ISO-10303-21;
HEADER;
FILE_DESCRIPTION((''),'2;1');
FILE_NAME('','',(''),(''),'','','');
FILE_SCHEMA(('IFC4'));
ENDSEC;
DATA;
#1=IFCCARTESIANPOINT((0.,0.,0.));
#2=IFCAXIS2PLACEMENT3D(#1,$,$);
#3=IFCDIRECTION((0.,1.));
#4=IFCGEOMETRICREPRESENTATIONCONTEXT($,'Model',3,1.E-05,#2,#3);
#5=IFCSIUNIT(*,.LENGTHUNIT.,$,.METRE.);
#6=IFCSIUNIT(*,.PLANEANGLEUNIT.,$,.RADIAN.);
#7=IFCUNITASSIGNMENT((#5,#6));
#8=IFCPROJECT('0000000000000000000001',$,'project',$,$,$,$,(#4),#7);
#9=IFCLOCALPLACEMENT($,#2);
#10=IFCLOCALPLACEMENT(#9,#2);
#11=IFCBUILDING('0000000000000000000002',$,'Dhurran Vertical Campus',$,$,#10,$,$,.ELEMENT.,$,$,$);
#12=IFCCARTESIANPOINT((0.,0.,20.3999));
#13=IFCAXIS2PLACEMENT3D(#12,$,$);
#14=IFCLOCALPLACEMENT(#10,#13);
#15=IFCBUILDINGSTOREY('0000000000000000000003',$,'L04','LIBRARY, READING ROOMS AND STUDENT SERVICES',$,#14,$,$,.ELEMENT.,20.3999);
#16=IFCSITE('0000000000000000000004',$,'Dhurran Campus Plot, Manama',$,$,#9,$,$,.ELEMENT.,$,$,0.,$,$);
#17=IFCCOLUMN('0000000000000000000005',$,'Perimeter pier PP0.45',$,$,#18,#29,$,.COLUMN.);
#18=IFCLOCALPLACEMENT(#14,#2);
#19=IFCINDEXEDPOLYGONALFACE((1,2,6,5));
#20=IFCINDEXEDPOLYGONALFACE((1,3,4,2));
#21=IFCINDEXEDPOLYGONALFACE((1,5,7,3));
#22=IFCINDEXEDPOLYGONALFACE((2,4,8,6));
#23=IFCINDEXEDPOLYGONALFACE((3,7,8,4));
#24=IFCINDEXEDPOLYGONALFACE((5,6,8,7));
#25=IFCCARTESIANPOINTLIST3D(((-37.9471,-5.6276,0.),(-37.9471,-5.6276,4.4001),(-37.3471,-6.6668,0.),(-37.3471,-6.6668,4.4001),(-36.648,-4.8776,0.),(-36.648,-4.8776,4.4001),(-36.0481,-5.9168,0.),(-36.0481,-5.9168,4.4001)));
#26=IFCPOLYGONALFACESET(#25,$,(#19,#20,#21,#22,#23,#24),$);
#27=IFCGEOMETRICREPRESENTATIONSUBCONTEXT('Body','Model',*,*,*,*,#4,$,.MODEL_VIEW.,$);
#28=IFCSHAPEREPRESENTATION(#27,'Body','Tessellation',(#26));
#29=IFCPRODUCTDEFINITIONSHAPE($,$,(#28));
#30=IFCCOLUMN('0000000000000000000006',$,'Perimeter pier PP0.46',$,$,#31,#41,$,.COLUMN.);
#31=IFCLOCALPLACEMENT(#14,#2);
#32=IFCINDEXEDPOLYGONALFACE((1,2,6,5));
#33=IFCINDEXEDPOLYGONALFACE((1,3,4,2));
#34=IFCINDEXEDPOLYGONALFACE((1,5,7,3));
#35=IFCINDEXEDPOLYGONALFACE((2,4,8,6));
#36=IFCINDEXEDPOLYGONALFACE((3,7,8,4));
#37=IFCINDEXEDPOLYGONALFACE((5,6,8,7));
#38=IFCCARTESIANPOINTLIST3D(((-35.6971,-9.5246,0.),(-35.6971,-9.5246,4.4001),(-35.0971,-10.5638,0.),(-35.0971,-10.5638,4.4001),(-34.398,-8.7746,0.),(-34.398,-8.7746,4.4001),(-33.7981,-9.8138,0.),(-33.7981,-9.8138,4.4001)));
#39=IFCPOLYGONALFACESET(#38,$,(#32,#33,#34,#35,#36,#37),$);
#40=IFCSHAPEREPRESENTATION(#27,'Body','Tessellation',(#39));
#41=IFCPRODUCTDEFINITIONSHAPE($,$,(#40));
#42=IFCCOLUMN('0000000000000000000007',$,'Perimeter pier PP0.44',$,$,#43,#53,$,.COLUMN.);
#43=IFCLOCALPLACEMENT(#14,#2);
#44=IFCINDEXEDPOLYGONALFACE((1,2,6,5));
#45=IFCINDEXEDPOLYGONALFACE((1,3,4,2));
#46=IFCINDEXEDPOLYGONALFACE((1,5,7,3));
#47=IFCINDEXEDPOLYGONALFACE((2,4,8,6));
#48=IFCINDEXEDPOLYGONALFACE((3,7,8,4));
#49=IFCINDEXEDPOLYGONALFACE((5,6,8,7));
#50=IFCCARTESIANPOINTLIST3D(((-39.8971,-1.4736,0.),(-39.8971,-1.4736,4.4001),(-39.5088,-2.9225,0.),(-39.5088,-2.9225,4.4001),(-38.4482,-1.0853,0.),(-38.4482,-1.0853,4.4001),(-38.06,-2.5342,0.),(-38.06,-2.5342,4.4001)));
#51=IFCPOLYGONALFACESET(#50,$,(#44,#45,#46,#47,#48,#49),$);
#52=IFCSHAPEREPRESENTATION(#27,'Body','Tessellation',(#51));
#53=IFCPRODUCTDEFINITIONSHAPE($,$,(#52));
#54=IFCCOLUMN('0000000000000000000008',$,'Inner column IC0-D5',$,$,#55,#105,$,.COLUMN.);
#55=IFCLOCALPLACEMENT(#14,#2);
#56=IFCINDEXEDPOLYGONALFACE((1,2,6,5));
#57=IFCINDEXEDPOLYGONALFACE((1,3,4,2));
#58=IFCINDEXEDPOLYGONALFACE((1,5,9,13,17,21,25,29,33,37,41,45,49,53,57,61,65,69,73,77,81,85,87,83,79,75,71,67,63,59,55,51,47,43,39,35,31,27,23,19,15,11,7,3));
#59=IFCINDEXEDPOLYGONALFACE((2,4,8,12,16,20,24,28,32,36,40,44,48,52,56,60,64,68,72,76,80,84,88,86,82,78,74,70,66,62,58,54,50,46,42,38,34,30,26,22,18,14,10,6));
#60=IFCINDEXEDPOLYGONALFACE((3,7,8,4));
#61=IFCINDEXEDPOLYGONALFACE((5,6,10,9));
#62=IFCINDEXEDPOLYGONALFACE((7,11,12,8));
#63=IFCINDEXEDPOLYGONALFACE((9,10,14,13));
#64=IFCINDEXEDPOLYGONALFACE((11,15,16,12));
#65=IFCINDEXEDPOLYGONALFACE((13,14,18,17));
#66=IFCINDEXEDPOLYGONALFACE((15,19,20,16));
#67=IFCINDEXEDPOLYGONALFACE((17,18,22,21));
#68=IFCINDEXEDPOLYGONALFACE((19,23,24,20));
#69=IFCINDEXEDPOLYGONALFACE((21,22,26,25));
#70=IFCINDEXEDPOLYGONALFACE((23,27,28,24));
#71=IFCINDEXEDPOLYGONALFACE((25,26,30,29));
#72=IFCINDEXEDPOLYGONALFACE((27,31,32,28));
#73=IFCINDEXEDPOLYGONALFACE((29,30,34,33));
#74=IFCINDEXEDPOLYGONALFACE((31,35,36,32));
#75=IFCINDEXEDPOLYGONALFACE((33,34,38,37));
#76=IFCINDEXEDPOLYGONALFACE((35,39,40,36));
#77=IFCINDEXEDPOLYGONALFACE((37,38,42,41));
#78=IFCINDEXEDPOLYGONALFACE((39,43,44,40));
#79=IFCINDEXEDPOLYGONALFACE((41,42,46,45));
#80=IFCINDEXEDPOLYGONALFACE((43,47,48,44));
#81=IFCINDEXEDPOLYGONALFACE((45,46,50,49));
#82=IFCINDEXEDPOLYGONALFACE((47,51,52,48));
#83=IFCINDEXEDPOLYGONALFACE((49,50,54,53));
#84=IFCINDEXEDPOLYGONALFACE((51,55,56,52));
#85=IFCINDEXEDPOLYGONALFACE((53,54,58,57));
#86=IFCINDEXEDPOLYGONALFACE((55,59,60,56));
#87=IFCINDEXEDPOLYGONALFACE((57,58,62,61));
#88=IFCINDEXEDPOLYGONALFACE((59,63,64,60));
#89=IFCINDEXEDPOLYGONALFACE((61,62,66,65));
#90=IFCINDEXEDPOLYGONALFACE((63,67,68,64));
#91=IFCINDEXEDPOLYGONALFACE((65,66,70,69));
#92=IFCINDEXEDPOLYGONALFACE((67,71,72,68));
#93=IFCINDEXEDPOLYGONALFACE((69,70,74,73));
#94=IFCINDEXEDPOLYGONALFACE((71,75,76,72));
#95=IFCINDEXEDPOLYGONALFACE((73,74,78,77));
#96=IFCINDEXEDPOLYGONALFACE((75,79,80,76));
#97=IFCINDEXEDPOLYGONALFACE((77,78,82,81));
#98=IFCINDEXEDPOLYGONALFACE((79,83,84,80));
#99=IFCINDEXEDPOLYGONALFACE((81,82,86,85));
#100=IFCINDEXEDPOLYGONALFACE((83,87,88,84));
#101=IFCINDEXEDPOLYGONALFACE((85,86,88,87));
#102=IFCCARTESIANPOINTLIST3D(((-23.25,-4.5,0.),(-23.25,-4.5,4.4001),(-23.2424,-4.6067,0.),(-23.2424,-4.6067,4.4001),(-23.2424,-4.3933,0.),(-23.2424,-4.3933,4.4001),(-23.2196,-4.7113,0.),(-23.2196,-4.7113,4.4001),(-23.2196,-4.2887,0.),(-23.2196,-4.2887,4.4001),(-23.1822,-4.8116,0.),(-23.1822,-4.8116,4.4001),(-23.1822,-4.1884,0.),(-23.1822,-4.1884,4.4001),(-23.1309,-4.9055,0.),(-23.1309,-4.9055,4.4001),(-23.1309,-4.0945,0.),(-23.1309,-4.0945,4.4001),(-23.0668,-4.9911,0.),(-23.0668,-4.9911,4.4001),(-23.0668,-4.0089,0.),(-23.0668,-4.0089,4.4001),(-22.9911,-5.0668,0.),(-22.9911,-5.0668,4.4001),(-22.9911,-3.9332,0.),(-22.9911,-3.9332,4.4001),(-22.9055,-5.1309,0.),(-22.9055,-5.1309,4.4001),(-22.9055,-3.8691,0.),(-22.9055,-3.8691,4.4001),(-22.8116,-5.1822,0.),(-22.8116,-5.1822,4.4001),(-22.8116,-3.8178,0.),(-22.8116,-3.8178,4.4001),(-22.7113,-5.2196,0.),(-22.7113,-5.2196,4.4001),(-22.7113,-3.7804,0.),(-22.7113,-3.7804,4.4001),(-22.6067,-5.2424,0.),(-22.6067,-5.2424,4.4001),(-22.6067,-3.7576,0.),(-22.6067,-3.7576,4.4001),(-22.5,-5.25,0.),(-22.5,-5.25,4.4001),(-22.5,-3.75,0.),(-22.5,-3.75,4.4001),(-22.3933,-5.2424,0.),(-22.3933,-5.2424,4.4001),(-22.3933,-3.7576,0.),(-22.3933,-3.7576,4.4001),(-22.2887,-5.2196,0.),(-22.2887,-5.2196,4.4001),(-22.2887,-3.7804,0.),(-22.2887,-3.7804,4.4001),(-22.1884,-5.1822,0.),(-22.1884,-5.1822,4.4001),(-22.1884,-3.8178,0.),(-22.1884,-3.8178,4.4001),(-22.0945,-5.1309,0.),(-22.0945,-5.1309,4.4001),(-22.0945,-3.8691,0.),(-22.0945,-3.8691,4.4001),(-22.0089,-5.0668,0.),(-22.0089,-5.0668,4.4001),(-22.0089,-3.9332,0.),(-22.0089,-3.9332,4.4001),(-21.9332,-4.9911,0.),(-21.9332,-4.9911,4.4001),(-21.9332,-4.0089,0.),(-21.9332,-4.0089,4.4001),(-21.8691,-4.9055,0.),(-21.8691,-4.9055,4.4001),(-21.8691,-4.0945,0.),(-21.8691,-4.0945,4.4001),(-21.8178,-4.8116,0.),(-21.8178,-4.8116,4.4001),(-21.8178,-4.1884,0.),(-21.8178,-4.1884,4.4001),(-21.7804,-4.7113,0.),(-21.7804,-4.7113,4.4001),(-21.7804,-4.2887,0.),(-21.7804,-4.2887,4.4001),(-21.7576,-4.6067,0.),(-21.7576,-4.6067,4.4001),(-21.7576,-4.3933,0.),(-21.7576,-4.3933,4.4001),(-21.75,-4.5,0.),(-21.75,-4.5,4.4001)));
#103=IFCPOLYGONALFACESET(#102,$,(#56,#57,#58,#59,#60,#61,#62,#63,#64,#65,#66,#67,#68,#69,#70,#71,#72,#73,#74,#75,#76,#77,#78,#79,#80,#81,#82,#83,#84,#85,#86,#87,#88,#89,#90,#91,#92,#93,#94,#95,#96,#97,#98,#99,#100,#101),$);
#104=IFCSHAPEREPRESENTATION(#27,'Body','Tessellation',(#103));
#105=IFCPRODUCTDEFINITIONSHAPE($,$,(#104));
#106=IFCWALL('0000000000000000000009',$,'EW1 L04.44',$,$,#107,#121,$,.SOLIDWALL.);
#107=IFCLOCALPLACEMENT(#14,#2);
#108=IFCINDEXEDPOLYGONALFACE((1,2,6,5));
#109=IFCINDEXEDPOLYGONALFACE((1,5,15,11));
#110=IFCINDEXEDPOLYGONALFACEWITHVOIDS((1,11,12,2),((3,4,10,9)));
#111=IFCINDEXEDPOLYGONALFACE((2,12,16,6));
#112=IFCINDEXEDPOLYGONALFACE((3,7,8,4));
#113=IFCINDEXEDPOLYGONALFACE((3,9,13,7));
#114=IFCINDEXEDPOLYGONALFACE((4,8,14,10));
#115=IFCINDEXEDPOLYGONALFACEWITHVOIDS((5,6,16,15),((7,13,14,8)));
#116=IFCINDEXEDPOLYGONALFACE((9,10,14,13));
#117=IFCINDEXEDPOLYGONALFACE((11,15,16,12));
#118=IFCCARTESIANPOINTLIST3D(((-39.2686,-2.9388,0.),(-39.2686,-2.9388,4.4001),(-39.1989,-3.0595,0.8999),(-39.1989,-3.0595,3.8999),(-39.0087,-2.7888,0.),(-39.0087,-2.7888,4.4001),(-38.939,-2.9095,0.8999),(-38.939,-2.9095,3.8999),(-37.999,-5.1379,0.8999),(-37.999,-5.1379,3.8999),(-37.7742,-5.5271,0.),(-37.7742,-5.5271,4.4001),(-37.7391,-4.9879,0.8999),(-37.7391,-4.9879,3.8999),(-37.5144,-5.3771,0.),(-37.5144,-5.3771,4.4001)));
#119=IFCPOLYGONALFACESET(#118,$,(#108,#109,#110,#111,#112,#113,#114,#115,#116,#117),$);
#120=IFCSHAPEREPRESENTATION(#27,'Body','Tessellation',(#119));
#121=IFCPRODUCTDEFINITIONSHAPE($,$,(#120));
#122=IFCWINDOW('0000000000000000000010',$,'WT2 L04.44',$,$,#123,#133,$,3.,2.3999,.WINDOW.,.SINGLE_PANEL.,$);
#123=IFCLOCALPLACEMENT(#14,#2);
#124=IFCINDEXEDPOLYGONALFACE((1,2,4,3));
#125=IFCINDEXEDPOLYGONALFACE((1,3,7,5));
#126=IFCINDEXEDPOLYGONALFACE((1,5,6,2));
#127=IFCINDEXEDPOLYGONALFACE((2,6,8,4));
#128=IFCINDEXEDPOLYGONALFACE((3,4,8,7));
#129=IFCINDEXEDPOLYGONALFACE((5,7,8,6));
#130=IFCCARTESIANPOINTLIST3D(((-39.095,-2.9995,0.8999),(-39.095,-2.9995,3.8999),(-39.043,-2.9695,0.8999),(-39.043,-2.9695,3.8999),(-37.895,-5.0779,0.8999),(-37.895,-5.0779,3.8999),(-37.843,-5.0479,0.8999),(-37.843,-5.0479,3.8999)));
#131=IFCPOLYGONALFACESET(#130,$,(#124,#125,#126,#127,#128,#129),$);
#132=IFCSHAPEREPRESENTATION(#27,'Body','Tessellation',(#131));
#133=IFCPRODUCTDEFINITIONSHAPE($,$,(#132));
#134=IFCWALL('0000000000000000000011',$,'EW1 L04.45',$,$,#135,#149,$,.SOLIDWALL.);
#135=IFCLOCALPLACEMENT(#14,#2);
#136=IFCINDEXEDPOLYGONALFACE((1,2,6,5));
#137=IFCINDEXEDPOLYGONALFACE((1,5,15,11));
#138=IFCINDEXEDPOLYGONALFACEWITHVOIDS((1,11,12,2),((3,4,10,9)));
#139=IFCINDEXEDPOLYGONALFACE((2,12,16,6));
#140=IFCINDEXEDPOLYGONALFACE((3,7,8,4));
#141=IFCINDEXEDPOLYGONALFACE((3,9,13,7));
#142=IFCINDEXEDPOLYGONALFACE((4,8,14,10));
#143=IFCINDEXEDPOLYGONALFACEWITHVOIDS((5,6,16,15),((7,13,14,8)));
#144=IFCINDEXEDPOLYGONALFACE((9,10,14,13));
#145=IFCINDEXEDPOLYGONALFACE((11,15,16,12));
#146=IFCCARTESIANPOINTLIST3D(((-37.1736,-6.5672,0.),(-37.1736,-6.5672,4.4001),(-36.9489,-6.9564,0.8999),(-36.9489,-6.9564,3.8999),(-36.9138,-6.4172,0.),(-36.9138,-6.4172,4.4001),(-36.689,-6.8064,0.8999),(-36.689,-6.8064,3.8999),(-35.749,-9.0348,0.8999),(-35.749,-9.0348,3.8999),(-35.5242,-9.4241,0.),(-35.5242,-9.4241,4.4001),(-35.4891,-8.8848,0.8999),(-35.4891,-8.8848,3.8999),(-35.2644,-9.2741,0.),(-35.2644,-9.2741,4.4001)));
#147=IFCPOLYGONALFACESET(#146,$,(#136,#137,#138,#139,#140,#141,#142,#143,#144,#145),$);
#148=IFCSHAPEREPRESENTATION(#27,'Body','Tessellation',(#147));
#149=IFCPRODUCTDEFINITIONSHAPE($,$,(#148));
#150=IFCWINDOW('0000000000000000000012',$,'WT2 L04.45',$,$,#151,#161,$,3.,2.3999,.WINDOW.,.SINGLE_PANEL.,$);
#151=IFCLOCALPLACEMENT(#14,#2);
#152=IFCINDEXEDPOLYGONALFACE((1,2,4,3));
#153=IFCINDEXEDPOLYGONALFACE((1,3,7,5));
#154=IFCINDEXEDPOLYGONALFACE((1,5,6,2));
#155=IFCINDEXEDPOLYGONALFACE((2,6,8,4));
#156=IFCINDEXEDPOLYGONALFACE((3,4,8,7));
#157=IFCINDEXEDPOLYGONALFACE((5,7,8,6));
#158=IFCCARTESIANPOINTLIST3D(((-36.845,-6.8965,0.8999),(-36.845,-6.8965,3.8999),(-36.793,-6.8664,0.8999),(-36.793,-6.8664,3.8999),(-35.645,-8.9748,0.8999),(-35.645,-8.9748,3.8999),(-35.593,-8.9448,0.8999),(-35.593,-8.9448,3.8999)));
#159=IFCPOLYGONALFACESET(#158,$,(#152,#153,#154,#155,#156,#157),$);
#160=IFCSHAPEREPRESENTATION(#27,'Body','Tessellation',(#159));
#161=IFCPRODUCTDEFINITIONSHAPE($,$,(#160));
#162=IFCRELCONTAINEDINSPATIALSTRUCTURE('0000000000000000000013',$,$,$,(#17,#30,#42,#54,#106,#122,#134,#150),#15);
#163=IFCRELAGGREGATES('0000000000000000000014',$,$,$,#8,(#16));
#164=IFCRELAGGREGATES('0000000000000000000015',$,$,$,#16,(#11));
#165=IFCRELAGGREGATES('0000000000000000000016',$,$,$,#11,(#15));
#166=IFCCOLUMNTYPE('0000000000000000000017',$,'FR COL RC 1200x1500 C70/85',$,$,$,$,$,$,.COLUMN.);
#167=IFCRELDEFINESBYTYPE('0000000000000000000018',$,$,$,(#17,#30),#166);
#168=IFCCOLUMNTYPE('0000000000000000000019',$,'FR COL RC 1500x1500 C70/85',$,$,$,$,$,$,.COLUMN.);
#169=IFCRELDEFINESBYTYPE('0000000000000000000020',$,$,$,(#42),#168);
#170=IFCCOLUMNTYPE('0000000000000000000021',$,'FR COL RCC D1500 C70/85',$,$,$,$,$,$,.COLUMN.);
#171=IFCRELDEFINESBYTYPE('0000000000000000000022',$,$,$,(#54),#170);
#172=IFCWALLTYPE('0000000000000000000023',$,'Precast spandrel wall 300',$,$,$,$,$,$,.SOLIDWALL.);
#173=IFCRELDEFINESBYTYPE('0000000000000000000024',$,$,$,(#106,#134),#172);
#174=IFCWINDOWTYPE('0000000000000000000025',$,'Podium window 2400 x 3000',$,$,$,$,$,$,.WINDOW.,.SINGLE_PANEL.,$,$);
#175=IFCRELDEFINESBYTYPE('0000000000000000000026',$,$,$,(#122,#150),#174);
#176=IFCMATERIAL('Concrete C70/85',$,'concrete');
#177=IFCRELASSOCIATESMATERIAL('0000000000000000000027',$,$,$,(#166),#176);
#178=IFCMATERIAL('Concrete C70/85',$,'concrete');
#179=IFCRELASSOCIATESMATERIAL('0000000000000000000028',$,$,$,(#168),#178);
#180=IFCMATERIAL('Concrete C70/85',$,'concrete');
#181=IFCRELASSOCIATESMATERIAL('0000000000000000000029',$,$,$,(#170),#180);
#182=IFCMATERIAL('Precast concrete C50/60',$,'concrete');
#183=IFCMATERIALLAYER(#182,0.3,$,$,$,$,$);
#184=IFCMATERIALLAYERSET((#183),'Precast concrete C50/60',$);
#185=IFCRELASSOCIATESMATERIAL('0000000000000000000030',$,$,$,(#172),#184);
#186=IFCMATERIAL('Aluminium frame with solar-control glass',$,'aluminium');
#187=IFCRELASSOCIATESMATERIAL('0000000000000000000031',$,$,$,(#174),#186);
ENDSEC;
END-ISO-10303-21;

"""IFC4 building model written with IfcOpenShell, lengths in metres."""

from ifc_helpers import new_model, si_unit, direction, frame, frame_2d, origin, origin_2d, place, context, subcontext, project, spatial, rectangle, circle, extrude, material, layer, layer_set, material_profile, profile_set, type_object, element, fill, save


model = new_model("IFC4")

# Units and contexts
model_context = context("Model", 3, precision=1e-05, world=origin(), true_north=direction((0.0, 1.0)))
body_context = subcontext(model_context, "Body", "Model", "MODEL_VIEW")
ifc_project = project(units=[si_unit("LENGTHUNIT", "METRE"), si_unit("PLANEANGLEUNIT", "RADIAN")], contexts=[model_context])

# Site, building, storey
site_placement = place(None, origin())
site = spatial("IfcSite", under=ifc_project, at=site_placement, Name="Dhurran Campus Plot, Manama", CompositionType="ELEMENT", RefElevation=0.0)
building_placement = place(site_placement, origin())
building = spatial("IfcBuilding", under=site, at=building_placement, Name="Dhurran Vertical Campus", CompositionType="ELEMENT")
storey_placement = place(building_placement, frame((0.0, 0.0, 20.3999)))
storey = spatial("IfcBuildingStorey", under=building, at=storey_placement, Name="L04", Description="LIBRARY, READING ROOMS AND STUDENT SERVICES", CompositionType="ELEMENT", Elevation=20.3999)

# Columns
ifc_material_1 = material(Name="Concrete C70/85", Category="concrete")
ifc_material_profile_1 = material_profile(ifc_material_1, rectangle(XDim=1.2, YDim=1.5, at=origin_2d()), Name="RC 1200x1500")
ifc_profile_set_1 = profile_set([ifc_material_profile_1], Name="Concrete C70/85")
column_type_1 = type_object("IfcColumnType", Name="FR COL RC 1200x1500 C70/85", PredefinedType="COLUMN", material=ifc_profile_set_1)
for number, where, z_axis, x_axis, name in (
    (1, (-36.9976, -5.7722, 0.0), (0.0, 0.0, 1.0), (0.5, -0.866025, 0.0), "Perimeter pier PP0.45"),
    (2, (-34.7476, -9.6692, 0.0), (0.0, 0.0, 1.0), (0.5, -0.866025, 0.0), "Perimeter pier PP0.46"),
):
    element("IfcColumn", number, at=place(storey_placement, frame(where, z_axis=z_axis, x_axis=x_axis)), inside=storey, type_object=column_type_1, Name=name, PredefinedType="COLUMN", context=body_context, shape_type="SweptSolid", body=[
        extrude(rectangle(XDim=1.2, YDim=1.5, at=origin_2d()), origin(), (0.0, 0.0, 1.0), 4.4001),
    ])
ifc_material_2 = material(Name="Concrete C70/85", Category="concrete")
ifc_material_profile_2 = material_profile(ifc_material_2, rectangle(XDim=1.5, YDim=1.5, at=origin_2d()), Name="RC 1500x1500")
ifc_profile_set_2 = profile_set([ifc_material_profile_2], Name="Concrete C70/85")
column_type_2 = type_object("IfcColumnType", Name="FR COL RC 1500x1500 C70/85", PredefinedType="COLUMN", material=ifc_profile_set_2)
column_1_placement = place(storey_placement, frame((-38.9785, -2.0039, 0.0), z_axis=(0.0, 0.0, 1.0), x_axis=(0.258819, -0.965926, 0.0)))
element("IfcColumn", 3, at=column_1_placement, inside=storey, type_object=column_type_2, Name="Perimeter pier PP0.44", PredefinedType="COLUMN", context=body_context, shape_type="SweptSolid", body=[
    extrude(rectangle(XDim=1.5, YDim=1.5, at=origin_2d()), origin(), (0.0, 0.0, 1.0), 4.4001),
])
ifc_material_3 = material(Name="Concrete C70/85", Category="concrete")
ifc_material_profile_3 = material_profile(ifc_material_3, circle(Radius=0.75, at=origin_2d()), Name="RCC D1500")
ifc_profile_set_3 = profile_set([ifc_material_profile_3], Name="Concrete C70/85")
column_type_3 = type_object("IfcColumnType", Name="FR COL RCC D1500 C70/85", PredefinedType="COLUMN", material=ifc_profile_set_3)
column_2_placement = place(storey_placement, frame((-22.5, -4.5, 0.0), z_axis=(0.0, 0.0, 1.0), x_axis=(1.0, 0.0, 0.0)))
element("IfcColumn", 4, at=column_2_placement, inside=storey, type_object=column_type_3, Name="Inner column IC0-D5", PredefinedType="COLUMN", context=body_context, shape_type="SweptSolid", body=[
    extrude(circle(Radius=0.75, at=origin_2d()), origin(), (0.0, 0.0, 1.0), 4.4001),
])

# Walls, openings, windows
ifc_material_4 = material(Name="Precast concrete C50/60", Category="concrete")
ifc_layer_1 = layer(ifc_material_4, 0.3)
ifc_layer_set_1 = layer_set([ifc_layer_1], Name="Precast concrete C50/60")
wall_type_1 = type_object("IfcWallType", Name="Precast spandrel wall 300", PredefinedType="SOLIDWALL", material=ifc_layer_set_1)
wall_1_placement = place(storey_placement, frame((-39.1387, -2.8638, 0.0), z_axis=(0.0, 0.0, 1.0), x_axis=(0.499996, -0.866028, 0.0)))
wall_1 = element("IfcWall", 5, at=wall_1_placement, inside=storey, type_object=wall_type_1, Name="EW1 L04.44", PredefinedType="SOLIDWALL", context=body_context, shape_type="SweptSolid", body=[
    extrude(rectangle(XDim=2.9888, YDim=0.3, at=frame_2d((1.4944, 0.0))), origin(), (0.0, 0.0, 1.0), 4.4001),
])
opening_1_placement = place(wall_1_placement, frame((0.1394, 0.0, 0.8999)))
opening_1 = element("IfcOpeningElement", 6, at=opening_1_placement, cuts=wall_1, PredefinedType="OPENING", context=body_context, shape_type="SweptSolid", body=[
    extrude(rectangle(XDim=2.3999, YDim=3.0, at=frame_2d((1.2, 1.5))), frame((0.0, 0.1599, 0.0), z_axis=(0.0, -1.0, 0.0), x_axis=(1.0, 0.0, 0.0)), (0.0, 0.0, 1.0), 0.3201),
])
ifc_material_5 = material(Name="Aluminium frame with solar-control glass", Category="aluminium")
window_type = type_object("IfcWindowType", Name="Podium window 2400 x 3000", PartitioningType="SINGLE_PANEL", PredefinedType="WINDOW", material=ifc_material_5)
window_1_placement = place(opening_1_placement, origin())
window_1 = element("IfcWindow", 7, at=window_1_placement, inside=storey, type_object=window_type, Name="WT2 L04.44", OverallHeight=3.0, OverallWidth=2.3999, PartitioningType="SINGLE_PANEL", PredefinedType="WINDOW", context=body_context, shape_type="SweptSolid", body=[
    extrude(rectangle(XDim=2.3999, YDim=3.0, at=frame_2d((1.2, 1.5))), frame((0.0, 0.03, 0.0), z_axis=(0.0, -1.0, 0.0), x_axis=(1.0, 0.0, 0.0)), (0.0, 0.0, 1.0), 0.0601),
])
fill(opening_1, window_1)
wall_2_placement = place(storey_placement, frame((-37.0437, -6.4922, 0.0), z_axis=(0.0, 0.0, 1.0), x_axis=(0.499992, -0.86603, 0.0)))
wall_2 = element("IfcWall", 8, at=wall_2_placement, inside=storey, type_object=wall_type_1, Name="EW1 L04.45", PredefinedType="SOLIDWALL", context=body_context, shape_type="SweptSolid", body=[
    extrude(rectangle(XDim=3.2988, YDim=0.3, at=frame_2d((1.6494, 0.0))), origin(), (0.0, 0.0, 1.0), 4.4001),
])
opening_2_placement = place(wall_2_placement, frame((0.4495, 0.0, 0.8999)))
opening_2 = element("IfcOpeningElement", 9, at=opening_2_placement, cuts=wall_2, PredefinedType="OPENING", context=body_context, shape_type="SweptSolid", body=[
    extrude(rectangle(XDim=2.3999, YDim=3.0, at=frame_2d((1.2, 1.5))), frame((0.0, 0.1599, 0.0), z_axis=(0.0, -1.0, 0.0), x_axis=(1.0, 0.0, 0.0)), (0.0, 0.0, 1.0), 0.3201),
])
window_2_placement = place(opening_2_placement, origin())
window_2 = element("IfcWindow", 10, at=window_2_placement, inside=storey, type_object=window_type, Name="WT2 L04.45", OverallHeight=3.0, OverallWidth=2.3999, PartitioningType="SINGLE_PANEL", PredefinedType="WINDOW", context=body_context, shape_type="SweptSolid", body=[
    extrude(rectangle(XDim=2.3999, YDim=3.0, at=frame_2d((1.2, 1.5))), frame((0.0, 0.03, 0.0), z_axis=(0.0, -1.0, 0.0), x_axis=(1.0, 0.0, 0.0)), (0.0, 0.0, 1.0), 0.0601),
])
fill(opening_2, window_2)

save(model, "model.ifc")
